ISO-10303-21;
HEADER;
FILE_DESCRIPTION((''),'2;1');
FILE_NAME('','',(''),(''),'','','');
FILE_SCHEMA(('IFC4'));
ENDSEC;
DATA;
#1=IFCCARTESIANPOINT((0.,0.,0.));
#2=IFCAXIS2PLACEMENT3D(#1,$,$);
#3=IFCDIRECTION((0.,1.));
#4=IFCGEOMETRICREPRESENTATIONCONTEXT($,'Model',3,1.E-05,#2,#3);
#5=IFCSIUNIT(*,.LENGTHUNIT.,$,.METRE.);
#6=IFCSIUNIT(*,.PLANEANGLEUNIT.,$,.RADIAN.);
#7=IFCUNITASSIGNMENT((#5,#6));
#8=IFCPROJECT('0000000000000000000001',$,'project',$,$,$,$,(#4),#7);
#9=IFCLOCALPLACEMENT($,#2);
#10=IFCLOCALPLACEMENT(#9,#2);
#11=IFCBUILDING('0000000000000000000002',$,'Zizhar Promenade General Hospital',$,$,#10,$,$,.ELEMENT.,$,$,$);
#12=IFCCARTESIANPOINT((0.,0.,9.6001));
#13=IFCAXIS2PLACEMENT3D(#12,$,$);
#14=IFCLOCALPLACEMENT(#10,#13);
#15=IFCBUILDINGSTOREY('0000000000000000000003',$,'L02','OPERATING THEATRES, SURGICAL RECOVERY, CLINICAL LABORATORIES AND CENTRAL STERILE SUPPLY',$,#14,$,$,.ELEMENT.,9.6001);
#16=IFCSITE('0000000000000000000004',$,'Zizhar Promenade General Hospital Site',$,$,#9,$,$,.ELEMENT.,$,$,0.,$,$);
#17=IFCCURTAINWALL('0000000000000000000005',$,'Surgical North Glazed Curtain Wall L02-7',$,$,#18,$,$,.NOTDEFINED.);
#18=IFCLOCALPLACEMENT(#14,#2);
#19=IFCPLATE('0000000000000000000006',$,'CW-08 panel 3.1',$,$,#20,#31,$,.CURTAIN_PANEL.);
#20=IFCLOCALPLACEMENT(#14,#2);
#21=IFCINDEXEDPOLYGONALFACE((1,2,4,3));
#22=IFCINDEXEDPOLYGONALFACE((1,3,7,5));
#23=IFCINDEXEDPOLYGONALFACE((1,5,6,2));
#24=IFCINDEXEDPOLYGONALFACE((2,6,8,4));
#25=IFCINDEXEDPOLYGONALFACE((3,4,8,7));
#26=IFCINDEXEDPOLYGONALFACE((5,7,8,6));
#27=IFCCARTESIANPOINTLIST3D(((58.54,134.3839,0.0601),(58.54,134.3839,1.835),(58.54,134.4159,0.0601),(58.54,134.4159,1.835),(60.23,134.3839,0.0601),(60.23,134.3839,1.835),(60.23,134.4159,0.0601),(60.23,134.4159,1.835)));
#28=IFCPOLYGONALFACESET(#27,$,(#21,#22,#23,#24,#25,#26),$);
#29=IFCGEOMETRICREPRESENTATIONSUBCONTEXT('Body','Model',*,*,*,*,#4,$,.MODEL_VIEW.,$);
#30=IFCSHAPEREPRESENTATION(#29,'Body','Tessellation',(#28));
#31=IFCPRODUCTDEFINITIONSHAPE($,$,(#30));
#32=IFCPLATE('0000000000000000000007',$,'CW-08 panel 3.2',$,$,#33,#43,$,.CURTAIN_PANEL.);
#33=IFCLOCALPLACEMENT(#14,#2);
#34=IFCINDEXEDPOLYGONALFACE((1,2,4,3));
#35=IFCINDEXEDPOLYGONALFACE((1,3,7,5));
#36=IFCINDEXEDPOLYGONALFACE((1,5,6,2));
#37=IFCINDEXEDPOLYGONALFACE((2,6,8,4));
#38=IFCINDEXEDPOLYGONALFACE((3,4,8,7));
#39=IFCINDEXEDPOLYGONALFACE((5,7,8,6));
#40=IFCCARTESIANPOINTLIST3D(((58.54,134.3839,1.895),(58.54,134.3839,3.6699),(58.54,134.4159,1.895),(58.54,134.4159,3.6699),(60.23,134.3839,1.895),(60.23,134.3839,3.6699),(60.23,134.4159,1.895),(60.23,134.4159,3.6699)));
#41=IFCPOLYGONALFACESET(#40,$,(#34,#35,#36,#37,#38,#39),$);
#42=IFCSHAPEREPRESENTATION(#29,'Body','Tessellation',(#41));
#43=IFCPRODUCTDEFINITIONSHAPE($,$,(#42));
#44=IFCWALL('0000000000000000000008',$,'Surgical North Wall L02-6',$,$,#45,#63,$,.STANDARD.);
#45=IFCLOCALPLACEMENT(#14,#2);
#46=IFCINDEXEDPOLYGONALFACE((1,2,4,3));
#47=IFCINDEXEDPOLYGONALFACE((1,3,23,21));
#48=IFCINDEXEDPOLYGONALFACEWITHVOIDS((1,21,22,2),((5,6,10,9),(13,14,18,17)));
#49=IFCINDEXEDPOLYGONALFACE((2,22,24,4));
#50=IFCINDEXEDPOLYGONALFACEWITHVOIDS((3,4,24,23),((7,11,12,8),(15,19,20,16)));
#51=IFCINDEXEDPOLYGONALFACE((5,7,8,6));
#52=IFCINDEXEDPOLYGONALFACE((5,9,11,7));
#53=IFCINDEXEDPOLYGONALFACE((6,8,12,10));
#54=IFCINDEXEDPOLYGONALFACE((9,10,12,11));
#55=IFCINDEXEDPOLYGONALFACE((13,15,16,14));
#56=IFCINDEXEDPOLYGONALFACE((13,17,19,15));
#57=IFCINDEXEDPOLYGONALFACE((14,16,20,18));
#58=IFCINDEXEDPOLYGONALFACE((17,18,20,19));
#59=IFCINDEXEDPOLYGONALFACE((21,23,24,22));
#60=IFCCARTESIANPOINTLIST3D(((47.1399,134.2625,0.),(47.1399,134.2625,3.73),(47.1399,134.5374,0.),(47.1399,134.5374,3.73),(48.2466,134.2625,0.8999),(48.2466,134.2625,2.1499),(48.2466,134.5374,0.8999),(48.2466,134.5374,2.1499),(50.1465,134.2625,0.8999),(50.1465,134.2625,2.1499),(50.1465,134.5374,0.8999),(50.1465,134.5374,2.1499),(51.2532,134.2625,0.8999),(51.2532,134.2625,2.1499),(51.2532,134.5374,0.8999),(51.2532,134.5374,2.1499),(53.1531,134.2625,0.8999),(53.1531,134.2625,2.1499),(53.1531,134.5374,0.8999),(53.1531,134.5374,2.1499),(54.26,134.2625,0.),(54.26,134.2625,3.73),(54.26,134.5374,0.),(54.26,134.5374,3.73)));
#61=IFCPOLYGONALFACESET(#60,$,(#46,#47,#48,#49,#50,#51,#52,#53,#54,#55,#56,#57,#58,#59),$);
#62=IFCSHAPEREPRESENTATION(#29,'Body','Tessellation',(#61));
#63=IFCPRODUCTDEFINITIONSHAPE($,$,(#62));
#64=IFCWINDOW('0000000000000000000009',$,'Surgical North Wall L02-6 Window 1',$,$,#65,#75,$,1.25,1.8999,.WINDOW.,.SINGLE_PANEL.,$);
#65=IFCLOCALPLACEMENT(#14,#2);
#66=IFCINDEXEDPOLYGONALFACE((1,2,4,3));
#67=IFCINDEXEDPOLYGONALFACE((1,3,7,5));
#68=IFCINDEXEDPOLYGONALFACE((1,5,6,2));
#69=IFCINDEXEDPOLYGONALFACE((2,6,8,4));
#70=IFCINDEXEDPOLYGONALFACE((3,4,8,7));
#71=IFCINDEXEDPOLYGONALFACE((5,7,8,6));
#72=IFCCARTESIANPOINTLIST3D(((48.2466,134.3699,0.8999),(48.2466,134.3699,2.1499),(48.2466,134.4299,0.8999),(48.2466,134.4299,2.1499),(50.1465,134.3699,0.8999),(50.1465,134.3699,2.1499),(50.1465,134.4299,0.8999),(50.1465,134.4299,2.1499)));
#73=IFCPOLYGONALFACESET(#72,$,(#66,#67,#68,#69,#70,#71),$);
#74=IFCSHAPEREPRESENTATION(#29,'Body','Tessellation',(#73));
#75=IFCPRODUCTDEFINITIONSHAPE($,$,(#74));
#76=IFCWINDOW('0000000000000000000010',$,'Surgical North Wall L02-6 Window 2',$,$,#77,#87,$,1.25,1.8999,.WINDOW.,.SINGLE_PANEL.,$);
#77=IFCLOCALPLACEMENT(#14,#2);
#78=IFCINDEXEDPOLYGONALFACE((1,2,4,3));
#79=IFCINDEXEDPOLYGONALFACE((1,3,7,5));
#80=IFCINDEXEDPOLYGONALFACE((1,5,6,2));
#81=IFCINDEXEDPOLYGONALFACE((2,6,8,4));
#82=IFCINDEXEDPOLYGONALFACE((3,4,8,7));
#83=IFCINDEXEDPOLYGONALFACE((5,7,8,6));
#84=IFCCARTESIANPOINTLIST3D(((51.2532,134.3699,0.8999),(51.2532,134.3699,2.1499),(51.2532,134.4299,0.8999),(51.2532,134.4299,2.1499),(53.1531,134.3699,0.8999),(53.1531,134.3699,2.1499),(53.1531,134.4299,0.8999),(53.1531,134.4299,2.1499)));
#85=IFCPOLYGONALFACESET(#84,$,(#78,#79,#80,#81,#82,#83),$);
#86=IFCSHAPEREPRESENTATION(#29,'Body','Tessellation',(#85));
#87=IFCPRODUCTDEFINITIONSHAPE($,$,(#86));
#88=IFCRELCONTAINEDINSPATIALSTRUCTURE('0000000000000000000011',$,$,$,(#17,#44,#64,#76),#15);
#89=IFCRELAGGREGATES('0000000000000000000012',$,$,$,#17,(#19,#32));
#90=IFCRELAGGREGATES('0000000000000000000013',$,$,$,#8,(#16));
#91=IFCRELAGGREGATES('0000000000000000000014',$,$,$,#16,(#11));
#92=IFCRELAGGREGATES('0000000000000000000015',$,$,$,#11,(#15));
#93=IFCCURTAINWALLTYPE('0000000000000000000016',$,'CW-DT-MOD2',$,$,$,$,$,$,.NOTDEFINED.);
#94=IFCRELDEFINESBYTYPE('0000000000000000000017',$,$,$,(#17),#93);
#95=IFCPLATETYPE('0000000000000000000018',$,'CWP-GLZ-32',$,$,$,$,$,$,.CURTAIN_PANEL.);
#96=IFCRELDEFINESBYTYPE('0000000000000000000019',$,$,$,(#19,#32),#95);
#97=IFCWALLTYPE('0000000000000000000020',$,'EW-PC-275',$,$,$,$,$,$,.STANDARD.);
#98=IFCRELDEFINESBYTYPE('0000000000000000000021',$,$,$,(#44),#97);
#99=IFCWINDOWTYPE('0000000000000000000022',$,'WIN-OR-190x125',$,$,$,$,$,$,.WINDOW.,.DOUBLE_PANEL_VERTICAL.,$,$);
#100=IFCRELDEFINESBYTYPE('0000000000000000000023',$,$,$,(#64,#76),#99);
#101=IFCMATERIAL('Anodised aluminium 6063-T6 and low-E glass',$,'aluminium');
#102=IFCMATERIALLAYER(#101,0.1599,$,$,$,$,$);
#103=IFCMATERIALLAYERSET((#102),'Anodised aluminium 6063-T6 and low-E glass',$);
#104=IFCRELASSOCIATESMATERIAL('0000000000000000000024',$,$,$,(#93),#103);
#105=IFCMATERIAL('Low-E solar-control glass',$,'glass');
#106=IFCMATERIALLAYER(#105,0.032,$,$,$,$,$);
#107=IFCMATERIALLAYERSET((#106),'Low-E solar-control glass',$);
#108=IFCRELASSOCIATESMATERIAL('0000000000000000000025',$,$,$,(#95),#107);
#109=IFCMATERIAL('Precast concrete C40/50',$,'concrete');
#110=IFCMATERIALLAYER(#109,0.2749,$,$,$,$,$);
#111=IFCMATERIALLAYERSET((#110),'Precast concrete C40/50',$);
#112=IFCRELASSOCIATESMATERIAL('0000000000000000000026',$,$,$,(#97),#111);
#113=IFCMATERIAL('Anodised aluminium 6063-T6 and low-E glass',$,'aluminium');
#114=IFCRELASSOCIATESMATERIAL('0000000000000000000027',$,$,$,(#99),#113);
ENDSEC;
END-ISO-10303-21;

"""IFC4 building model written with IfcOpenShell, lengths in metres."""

from ifc_helpers import new_model, si_unit, direction, frame, frame_2d, origin, origin_2d, place, context, subcontext, project, spatial, rectangle, extrude, material, layer, layer_set, type_object, element, fill, aggregate, save


model = new_model("IFC4")

# Units and contexts
model_context = context("Model", 3, precision=1e-05, world=origin(), true_north=direction((0.0, 1.0)))
body_context = subcontext(model_context, "Body", "Model", "MODEL_VIEW")
ifc_project = project(units=[si_unit("LENGTHUNIT", "METRE"), si_unit("PLANEANGLEUNIT", "RADIAN")], contexts=[model_context])

# Site, building, storey
site_placement = place(None, origin())
site = spatial("IfcSite", under=ifc_project, at=site_placement, Name="Zizhar Promenade General Hospital Site", CompositionType="ELEMENT", RefElevation=0.0)
building_placement = place(site_placement, origin())
building = spatial("IfcBuilding", under=site, at=building_placement, Name="Zizhar Promenade General Hospital", CompositionType="ELEMENT")
storey_placement = place(building_placement, frame((0.0, 0.0, 9.6001)))
storey = spatial("IfcBuildingStorey", under=building, at=storey_placement, Name="L02", Description="OPERATING THEATRES, SURGICAL RECOVERY, CLINICAL LABORATORIES AND CENTRAL STERILE SUPPLY", CompositionType="ELEMENT", Elevation=9.6001)

# Curtain wall, plates
ifc_material_1 = material(Name="Anodised aluminium 6063-T6 and low-E glass", Category="aluminium")
ifc_layer_1 = layer(ifc_material_1, 0.1599)
ifc_layer_set_1 = layer_set([ifc_layer_1], Name="Anodised aluminium 6063-T6 and low-E glass")
curtain_wall_type = type_object("IfcCurtainWallType", Name="CW-DT-MOD2", PredefinedType="NOTDEFINED", material=ifc_layer_set_1)
curtain_wall_placement = place(storey_placement, origin())
curtain_wall = element("IfcCurtainWall", 1, at=curtain_wall_placement, inside=storey, type_object=curtain_wall_type, Name="Surgical North Glazed Curtain Wall L02-7", PredefinedType="NOTDEFINED")
ifc_material_2 = material(Name="Low-E solar-control glass", Category="glass")
ifc_layer_2 = layer(ifc_material_2, 0.032)
ifc_layer_set_2 = layer_set([ifc_layer_2], Name="Low-E solar-control glass")
plate_type = type_object("IfcPlateType", Name="CWP-GLZ-32", PredefinedType="CURTAIN_PANEL", material=ifc_layer_set_2)
plate_1_placement = place(storey_placement, frame((59.385, 134.3999, 0.0601), z_axis=(0.0, 0.0, 1.0), x_axis=(1.0, 0.0, 0.0)))
plate_1 = element("IfcPlate", 2, at=plate_1_placement, type_object=plate_type, Name="CW-08 panel 3.1", PredefinedType="CURTAIN_PANEL", context=body_context, shape_type="SweptSolid", body=[
    extrude(rectangle(XDim=1.6899, YDim=0.032, at=origin_2d()), origin(), (0.0, 0.0, 1.0), 1.7749),
])
plate_2_placement = place(storey_placement, frame((59.385, 134.3999, 1.895), z_axis=(0.0, 0.0, 1.0), x_axis=(1.0, 0.0, 0.0)))
plate_2 = element("IfcPlate", 3, at=plate_2_placement, type_object=plate_type, Name="CW-08 panel 3.2", PredefinedType="CURTAIN_PANEL", context=body_context, shape_type="SweptSolid", body=[
    extrude(rectangle(XDim=1.6899, YDim=0.032, at=origin_2d()), origin(), (0.0, 0.0, 1.0), 1.7749),
])
aggregate(curtain_wall, [plate_1, plate_2])

# Wall, openings, windows
ifc_material_3 = material(Name="Precast concrete C40/50", Category="concrete")
ifc_layer_3 = layer(ifc_material_3, 0.2749)
ifc_layer_set_3 = layer_set([ifc_layer_3], Name="Precast concrete C40/50")
wall_type = type_object("IfcWallType", Name="EW-PC-275", PredefinedType="STANDARD", material=ifc_layer_set_3)
wall_placement = place(storey_placement, frame((47.1399, 134.3999, 0.0), z_axis=(0.0, 0.0, 1.0), x_axis=(1.0, 0.0, 0.0)))
wall = element("IfcWall", 4, at=wall_placement, inside=storey, type_object=wall_type, Name="Surgical North Wall L02-6", PredefinedType="STANDARD", context=body_context, shape_type="SweptSolid", body=[
    extrude(rectangle(XDim=7.1201, YDim=0.2749, at=frame_2d((3.5601, 0.0))), origin(), (0.0, 0.0, 1.0), 3.73),
])
opening_1_placement = place(wall_placement, frame((1.1067, 0.0, 0.8999)))
opening_1 = element("IfcOpeningElement", 5, at=opening_1_placement, cuts=wall, PredefinedType="OPENING", context=body_context, shape_type="SweptSolid", body=[
    extrude(rectangle(XDim=1.8999, YDim=1.25, at=frame_2d((0.95, 0.625))), frame((0.0, 0.1475, 0.0), z_axis=(0.0, -1.0, 0.0), x_axis=(1.0, 0.0, 0.0)), (0.0, 0.0, 1.0), 0.2949),
])
opening_2_placement = place(wall_placement, frame((4.1133, 0.0, 0.8999)))
opening_2 = element("IfcOpeningElement", 6, at=opening_2_placement, cuts=wall, PredefinedType="OPENING", context=body_context, shape_type="SweptSolid", body=[
    extrude(rectangle(XDim=1.8999, YDim=1.25, at=frame_2d((0.95, 0.625))), frame((0.0, 0.1475, 0.0), z_axis=(0.0, -1.0, 0.0), x_axis=(1.0, 0.0, 0.0)), (0.0, 0.0, 1.0), 0.2949),
])
ifc_material_4 = material(Name="Anodised aluminium 6063-T6 and low-E glass", Category="aluminium")
window_type = type_object("IfcWindowType", Name="WIN-OR-190x125", PartitioningType="DOUBLE_PANEL_VERTICAL", PredefinedType="WINDOW", material=ifc_material_4)
window_1_placement = place(opening_1_placement, origin())
window_1 = element("IfcWindow", 7, at=window_1_placement, inside=storey, type_object=window_type, Name="Surgical North Wall L02-6 Window 1", OverallHeight=1.25, OverallWidth=1.8999, PartitioningType="SINGLE_PANEL", PredefinedType="WINDOW", context=body_context, shape_type="SweptSolid", body=[
    extrude(rectangle(XDim=1.8999, YDim=1.25, at=frame_2d((0.95, 0.625))), frame((0.0, 0.03, 0.0), z_axis=(0.0, -1.0, 0.0), x_axis=(1.0, 0.0, 0.0)), (0.0, 0.0, 1.0), 0.0601),
])
fill(opening_1, window_1)
window_2_placement = place(opening_2_placement, origin())
window_2 = element("IfcWindow", 8, at=window_2_placement, inside=storey, type_object=window_type, Name="Surgical North Wall L02-6 Window 2", OverallHeight=1.25, OverallWidth=1.8999, PartitioningType="SINGLE_PANEL", PredefinedType="WINDOW", context=body_context, shape_type="SweptSolid", body=[
    extrude(rectangle(XDim=1.8999, YDim=1.25, at=frame_2d((0.95, 0.625))), frame((0.0, 0.03, 0.0), z_axis=(0.0, -1.0, 0.0), x_axis=(1.0, 0.0, 0.0)), (0.0, 0.0, 1.0), 0.0601),
])
fill(opening_2, window_2)

save(model, "model.ifc")
